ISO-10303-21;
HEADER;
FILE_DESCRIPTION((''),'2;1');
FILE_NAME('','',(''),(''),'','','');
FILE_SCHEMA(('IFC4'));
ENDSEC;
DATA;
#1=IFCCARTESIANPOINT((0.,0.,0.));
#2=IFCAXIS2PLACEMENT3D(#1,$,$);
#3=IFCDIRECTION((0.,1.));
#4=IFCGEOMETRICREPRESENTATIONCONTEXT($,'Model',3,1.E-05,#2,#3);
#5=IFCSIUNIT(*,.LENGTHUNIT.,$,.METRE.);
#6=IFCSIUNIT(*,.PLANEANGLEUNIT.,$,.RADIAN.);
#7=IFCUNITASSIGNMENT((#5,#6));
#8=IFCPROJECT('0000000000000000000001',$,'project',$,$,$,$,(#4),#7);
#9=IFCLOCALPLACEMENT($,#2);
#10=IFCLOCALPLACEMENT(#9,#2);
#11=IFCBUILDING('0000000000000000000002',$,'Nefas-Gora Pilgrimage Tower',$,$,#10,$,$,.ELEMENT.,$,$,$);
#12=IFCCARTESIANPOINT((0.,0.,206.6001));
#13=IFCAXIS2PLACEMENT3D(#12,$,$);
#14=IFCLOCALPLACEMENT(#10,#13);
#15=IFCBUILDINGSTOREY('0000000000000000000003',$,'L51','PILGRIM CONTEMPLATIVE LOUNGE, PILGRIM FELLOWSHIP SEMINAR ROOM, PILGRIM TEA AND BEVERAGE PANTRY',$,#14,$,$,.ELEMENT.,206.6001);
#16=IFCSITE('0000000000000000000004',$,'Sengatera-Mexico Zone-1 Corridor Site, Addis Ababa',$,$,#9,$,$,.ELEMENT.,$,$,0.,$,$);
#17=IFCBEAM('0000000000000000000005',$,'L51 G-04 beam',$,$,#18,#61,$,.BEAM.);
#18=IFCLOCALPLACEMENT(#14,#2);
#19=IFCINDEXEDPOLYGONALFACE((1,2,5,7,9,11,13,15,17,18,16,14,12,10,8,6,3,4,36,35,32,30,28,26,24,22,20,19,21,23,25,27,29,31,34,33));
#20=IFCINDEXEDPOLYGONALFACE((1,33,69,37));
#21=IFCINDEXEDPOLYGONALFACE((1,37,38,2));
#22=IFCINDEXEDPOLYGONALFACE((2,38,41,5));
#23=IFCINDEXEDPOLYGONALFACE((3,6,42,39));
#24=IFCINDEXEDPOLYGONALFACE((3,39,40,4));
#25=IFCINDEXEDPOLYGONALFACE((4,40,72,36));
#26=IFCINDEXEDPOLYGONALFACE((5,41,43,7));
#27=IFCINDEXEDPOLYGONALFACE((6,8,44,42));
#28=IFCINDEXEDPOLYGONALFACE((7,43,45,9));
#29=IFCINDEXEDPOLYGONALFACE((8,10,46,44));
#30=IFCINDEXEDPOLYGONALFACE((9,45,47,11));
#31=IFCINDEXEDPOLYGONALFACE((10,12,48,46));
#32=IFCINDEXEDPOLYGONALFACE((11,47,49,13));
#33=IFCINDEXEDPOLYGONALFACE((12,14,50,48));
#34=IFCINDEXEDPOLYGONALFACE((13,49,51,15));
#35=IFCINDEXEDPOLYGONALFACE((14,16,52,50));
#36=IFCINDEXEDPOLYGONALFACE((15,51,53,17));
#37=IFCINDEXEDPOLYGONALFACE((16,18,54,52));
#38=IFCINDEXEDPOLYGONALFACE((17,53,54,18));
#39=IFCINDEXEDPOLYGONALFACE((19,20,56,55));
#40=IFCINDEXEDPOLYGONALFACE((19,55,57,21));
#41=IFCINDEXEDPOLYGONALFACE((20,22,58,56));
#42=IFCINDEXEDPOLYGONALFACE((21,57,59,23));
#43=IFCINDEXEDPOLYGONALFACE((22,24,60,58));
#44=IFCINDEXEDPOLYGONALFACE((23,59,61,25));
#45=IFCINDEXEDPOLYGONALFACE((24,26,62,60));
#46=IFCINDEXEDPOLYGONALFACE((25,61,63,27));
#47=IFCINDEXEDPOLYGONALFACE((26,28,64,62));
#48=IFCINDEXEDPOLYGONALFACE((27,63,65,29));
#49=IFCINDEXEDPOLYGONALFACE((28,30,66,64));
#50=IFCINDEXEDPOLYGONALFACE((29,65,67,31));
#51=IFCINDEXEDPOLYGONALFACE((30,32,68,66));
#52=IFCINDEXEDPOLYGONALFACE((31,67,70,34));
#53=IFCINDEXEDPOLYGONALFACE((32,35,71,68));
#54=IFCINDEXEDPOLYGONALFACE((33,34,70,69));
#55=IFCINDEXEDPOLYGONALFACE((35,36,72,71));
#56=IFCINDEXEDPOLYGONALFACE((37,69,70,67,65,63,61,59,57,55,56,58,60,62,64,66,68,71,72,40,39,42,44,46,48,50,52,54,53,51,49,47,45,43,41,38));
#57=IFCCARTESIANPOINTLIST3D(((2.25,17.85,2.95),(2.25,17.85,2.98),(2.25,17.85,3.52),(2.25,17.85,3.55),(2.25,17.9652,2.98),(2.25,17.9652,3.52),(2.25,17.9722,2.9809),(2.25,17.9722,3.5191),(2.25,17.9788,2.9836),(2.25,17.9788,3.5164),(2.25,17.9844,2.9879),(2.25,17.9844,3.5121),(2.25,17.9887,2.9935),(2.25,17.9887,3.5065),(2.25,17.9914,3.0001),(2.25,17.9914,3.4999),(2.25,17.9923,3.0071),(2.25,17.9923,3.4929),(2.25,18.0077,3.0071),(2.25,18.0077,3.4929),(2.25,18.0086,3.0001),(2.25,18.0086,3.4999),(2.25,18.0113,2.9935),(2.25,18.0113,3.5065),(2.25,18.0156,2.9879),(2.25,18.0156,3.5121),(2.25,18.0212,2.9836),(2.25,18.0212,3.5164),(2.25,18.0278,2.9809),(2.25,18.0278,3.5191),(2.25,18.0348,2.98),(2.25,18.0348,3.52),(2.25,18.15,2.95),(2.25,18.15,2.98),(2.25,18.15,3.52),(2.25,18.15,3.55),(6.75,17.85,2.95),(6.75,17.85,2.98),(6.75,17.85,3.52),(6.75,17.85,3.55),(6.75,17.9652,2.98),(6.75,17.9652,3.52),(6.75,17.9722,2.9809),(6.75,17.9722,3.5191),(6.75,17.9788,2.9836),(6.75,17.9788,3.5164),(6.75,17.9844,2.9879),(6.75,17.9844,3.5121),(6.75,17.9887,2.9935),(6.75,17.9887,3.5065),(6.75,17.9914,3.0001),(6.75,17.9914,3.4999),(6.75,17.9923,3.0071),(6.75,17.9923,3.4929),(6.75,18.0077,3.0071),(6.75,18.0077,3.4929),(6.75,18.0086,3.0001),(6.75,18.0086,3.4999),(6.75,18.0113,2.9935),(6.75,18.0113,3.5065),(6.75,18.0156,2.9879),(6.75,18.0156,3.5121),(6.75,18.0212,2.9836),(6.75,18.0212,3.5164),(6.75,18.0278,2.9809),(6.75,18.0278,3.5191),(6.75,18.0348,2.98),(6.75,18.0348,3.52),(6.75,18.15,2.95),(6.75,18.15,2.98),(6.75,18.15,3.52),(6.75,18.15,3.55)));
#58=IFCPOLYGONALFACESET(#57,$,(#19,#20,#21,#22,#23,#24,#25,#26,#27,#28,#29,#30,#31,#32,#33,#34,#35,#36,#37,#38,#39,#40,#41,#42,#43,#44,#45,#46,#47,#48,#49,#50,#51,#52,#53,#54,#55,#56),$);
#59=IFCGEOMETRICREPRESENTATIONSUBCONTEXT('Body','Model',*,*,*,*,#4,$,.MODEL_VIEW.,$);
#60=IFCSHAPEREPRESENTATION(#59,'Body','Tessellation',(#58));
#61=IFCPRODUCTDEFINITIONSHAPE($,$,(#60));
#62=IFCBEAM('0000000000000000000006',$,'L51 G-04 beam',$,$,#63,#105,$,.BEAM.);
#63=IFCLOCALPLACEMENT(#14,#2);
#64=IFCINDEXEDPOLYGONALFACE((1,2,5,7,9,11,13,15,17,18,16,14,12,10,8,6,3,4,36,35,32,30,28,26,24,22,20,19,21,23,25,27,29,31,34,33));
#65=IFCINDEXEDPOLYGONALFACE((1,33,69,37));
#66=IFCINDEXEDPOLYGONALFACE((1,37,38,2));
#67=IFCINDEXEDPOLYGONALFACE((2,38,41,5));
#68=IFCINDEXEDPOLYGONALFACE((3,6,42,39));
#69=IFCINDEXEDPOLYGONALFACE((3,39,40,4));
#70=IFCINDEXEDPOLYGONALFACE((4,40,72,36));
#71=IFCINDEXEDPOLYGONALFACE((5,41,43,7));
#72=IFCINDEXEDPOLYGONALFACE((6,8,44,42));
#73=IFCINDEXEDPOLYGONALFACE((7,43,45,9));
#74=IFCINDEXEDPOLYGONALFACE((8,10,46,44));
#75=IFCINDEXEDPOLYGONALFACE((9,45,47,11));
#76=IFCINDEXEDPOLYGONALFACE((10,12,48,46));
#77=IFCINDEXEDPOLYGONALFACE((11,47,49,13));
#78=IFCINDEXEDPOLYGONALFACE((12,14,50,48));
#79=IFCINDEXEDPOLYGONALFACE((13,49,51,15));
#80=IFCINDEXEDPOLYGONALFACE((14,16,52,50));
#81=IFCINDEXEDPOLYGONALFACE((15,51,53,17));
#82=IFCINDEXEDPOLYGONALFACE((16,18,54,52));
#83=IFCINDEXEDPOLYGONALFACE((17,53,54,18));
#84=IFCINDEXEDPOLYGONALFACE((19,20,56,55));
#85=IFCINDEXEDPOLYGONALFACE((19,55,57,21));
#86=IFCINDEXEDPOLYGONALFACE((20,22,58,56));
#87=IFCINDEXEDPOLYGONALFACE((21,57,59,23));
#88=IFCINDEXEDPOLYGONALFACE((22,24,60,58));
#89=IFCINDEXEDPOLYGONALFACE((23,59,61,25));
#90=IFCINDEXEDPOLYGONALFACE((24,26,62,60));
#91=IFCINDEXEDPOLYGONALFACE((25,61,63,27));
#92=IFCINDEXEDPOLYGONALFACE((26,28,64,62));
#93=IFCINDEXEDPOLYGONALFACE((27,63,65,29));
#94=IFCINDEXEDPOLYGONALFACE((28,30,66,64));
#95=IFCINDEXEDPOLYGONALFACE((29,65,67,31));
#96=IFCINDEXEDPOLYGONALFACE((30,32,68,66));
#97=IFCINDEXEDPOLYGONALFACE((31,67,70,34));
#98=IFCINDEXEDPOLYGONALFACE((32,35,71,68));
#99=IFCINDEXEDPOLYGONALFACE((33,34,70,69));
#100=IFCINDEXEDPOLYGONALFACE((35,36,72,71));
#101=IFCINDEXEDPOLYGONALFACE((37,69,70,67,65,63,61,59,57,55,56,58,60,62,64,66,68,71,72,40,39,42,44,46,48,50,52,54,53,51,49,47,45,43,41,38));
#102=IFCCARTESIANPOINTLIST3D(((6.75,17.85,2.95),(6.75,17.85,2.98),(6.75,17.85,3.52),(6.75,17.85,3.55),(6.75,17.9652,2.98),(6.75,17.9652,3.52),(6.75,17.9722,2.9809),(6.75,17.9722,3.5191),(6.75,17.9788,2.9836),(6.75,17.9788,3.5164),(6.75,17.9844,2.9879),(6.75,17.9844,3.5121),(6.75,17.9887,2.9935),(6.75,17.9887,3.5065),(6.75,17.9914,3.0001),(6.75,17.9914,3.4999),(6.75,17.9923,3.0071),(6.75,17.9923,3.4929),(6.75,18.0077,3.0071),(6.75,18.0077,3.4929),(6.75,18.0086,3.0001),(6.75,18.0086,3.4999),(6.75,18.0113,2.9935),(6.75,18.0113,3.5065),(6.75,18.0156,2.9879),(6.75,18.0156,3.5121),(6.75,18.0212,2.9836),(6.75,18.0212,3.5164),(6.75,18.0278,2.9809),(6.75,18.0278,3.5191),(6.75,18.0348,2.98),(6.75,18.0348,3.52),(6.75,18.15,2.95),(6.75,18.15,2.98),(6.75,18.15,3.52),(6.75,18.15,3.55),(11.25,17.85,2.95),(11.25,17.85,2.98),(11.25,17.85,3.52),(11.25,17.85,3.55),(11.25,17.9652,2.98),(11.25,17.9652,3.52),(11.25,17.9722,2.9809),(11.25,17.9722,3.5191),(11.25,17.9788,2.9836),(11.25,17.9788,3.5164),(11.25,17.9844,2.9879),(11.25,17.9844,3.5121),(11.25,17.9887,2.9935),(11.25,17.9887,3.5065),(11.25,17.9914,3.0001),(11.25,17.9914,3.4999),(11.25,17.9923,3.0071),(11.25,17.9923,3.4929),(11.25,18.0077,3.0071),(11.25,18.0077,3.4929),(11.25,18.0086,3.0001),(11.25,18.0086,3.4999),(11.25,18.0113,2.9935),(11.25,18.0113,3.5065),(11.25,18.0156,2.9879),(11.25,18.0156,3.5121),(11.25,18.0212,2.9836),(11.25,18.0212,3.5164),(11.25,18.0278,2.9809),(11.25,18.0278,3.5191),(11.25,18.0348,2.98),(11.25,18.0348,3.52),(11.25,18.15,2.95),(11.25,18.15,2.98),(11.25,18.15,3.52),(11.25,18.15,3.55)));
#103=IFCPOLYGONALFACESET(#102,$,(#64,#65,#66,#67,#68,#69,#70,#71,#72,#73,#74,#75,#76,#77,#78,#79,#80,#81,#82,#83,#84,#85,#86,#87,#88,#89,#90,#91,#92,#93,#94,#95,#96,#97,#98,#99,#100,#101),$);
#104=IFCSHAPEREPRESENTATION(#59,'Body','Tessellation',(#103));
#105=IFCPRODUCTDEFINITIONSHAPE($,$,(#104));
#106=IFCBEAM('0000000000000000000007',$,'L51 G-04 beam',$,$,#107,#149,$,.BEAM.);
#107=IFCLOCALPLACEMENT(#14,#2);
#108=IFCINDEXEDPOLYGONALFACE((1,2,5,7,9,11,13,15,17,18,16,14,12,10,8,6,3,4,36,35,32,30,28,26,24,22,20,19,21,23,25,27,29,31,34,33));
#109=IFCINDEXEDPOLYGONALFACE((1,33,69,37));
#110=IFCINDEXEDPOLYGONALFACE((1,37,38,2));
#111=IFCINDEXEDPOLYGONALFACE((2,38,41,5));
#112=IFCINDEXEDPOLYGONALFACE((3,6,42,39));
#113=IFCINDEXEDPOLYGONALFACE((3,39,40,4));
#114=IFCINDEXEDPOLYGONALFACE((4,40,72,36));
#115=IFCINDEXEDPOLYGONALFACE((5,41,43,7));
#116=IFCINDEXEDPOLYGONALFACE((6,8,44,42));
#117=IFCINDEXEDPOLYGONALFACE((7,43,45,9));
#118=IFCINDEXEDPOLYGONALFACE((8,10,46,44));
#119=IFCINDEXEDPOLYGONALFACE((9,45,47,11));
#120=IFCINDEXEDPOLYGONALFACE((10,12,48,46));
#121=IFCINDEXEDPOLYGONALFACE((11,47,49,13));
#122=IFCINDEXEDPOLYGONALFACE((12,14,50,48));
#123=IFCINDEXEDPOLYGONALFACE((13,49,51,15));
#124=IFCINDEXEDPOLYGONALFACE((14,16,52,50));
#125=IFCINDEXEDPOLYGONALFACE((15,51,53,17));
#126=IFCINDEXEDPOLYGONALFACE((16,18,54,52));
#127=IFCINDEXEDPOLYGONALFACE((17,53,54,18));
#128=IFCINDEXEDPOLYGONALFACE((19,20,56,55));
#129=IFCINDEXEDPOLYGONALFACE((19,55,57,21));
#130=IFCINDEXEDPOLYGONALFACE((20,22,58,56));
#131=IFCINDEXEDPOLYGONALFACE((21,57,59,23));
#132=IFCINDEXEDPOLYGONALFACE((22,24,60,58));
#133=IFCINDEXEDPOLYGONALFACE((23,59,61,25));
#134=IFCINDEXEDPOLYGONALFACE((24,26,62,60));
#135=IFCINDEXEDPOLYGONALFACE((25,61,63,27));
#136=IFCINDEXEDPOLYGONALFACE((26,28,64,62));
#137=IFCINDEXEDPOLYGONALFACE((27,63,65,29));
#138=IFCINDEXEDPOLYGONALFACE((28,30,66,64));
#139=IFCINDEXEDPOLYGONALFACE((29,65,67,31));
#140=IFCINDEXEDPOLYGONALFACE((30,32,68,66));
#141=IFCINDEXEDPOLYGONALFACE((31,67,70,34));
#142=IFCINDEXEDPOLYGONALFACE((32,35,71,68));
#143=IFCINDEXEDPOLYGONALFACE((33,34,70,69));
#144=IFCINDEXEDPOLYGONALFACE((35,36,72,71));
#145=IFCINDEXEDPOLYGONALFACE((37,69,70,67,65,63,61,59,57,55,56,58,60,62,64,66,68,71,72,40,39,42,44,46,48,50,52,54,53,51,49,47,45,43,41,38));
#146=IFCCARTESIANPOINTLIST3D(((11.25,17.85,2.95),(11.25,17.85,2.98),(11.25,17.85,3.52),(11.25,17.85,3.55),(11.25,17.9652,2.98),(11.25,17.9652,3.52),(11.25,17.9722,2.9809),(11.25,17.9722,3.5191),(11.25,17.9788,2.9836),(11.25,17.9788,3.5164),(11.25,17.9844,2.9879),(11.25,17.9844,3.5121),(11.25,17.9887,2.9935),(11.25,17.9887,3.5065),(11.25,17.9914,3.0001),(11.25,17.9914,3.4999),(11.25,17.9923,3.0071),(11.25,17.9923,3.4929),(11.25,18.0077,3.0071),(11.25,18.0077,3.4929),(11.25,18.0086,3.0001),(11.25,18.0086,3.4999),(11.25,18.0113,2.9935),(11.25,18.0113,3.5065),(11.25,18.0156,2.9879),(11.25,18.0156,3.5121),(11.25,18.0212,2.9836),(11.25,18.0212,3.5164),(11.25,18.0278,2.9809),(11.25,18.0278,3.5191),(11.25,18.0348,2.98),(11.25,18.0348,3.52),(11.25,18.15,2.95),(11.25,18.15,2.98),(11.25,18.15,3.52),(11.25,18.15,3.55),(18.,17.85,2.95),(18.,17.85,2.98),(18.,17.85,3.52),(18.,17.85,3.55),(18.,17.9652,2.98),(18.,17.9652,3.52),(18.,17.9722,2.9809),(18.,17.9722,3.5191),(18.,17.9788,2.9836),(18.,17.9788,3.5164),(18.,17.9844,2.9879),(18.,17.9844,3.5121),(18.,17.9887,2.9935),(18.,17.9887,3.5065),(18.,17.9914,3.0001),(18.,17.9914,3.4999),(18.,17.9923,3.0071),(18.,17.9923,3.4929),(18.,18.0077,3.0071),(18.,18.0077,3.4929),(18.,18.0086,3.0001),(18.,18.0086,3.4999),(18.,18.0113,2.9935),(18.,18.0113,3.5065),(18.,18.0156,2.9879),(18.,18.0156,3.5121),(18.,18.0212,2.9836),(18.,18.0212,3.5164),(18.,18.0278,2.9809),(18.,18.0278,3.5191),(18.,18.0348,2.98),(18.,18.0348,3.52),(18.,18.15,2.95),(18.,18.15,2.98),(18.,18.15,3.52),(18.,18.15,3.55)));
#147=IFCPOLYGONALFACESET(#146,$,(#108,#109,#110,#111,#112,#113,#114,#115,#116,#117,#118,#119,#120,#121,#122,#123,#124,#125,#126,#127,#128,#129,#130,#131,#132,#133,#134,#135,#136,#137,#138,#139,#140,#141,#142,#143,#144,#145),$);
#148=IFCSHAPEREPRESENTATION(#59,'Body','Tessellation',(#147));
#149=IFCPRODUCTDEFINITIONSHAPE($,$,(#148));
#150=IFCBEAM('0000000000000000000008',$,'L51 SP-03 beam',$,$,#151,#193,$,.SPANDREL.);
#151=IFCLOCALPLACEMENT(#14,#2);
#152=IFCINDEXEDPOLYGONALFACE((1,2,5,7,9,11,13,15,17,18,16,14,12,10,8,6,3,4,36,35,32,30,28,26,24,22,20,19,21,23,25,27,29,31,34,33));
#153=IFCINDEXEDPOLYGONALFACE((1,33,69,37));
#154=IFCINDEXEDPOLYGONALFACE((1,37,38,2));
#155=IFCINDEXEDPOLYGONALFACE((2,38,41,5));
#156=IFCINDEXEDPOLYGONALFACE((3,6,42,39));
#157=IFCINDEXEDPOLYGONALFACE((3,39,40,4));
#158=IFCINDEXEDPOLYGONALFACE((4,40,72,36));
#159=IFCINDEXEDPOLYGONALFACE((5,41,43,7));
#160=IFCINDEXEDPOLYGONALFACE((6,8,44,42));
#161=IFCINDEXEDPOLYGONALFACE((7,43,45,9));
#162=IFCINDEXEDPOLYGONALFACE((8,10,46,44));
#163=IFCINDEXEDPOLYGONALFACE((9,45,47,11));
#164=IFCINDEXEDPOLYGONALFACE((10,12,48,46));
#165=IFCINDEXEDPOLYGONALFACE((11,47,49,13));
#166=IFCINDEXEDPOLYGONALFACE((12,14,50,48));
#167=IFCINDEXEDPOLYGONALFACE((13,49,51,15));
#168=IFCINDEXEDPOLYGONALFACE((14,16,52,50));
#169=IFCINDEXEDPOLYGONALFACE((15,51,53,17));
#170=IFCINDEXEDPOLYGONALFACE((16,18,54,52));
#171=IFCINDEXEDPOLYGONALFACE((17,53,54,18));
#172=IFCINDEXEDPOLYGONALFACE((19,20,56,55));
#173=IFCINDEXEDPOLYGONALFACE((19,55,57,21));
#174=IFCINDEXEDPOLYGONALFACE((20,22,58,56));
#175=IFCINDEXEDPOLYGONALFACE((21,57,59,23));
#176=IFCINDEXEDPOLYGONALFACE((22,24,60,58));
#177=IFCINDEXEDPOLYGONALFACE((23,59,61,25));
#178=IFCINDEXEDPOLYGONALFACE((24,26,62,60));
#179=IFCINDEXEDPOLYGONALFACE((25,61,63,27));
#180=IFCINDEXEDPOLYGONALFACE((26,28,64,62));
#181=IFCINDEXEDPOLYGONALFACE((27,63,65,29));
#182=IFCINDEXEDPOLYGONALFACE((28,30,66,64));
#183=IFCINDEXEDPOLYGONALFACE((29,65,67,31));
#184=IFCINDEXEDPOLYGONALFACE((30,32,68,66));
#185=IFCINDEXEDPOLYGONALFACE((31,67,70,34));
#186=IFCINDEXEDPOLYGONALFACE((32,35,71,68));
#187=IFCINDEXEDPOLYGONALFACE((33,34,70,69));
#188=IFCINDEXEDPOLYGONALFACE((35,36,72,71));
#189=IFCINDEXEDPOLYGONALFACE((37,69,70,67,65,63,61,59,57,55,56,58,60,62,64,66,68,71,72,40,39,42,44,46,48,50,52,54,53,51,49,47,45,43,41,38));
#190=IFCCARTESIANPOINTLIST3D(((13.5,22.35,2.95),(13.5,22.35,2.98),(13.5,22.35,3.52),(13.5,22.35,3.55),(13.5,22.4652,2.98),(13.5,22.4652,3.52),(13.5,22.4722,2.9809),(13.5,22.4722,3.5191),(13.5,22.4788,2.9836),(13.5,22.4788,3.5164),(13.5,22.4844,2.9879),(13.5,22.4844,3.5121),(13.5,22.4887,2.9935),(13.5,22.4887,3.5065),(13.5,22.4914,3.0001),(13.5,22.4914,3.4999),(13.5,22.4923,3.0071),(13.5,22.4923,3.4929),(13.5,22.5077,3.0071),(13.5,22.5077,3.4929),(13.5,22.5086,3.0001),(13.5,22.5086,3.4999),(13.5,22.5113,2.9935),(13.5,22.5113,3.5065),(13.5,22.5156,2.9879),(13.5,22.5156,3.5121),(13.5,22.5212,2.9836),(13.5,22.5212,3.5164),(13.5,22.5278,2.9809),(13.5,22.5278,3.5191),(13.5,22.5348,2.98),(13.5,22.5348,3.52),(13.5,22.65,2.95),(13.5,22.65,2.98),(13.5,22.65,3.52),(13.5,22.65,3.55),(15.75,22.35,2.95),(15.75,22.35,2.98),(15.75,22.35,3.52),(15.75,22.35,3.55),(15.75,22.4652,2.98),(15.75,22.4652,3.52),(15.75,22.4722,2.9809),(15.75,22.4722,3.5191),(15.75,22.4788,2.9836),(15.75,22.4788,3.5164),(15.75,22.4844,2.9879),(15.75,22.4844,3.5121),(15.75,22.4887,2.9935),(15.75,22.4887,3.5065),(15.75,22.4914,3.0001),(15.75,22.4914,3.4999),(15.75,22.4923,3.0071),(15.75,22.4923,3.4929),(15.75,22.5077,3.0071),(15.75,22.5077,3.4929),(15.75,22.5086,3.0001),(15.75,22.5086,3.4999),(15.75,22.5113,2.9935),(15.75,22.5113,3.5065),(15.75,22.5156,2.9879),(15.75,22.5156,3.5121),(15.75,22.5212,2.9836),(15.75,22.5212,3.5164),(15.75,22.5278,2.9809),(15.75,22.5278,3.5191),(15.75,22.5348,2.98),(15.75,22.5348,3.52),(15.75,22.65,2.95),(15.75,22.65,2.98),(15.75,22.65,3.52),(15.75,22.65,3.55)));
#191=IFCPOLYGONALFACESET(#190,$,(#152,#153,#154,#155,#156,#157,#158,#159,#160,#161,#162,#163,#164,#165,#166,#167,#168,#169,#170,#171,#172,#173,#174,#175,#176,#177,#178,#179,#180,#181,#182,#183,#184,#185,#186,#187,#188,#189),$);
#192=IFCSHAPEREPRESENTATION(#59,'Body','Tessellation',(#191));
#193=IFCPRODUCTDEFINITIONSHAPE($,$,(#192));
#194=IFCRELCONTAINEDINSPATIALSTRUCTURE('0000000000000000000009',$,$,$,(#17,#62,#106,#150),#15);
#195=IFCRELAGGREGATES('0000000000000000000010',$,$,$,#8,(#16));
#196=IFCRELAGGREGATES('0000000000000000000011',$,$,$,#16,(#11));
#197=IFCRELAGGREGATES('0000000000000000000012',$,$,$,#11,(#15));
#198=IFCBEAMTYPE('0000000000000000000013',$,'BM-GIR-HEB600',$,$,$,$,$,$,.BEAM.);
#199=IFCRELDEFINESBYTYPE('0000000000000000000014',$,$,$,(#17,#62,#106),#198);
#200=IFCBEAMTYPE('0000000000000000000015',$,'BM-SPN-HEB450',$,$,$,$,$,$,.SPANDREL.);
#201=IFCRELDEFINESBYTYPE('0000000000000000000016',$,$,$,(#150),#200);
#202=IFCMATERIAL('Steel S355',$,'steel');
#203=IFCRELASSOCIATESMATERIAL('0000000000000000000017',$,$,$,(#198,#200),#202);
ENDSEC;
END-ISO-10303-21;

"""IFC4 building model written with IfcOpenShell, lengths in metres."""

from ifc_helpers import new_model, si_unit, direction, frame, origin, origin_2d, place, context, subcontext, project, spatial, i_section, extrude, source, transform, mapped, material, material_profile, profile_set, type_object, element, save


model = new_model("IFC4")

# Units and contexts
model_context = context("Model", 3, precision=1e-05, world=origin(), true_north=direction((0.0, 1.0)))
body_context = subcontext(model_context, "Body", "Model", "MODEL_VIEW")
ifc_project = project(units=[si_unit("LENGTHUNIT", "METRE"), si_unit("PLANEANGLEUNIT", "RADIAN")], contexts=[model_context])

# Site, building, storey
site_placement = place(None, origin())
site = spatial("IfcSite", under=ifc_project, at=site_placement, Name="Sengatera-Mexico Zone-1 Corridor Site, Addis Ababa", CompositionType="ELEMENT", RefElevation=0.0)
building_placement = place(site_placement, origin())
building = spatial("IfcBuilding", under=site, at=building_placement, Name="Nefas-Gora Pilgrimage Tower", CompositionType="ELEMENT")
storey_placement = place(building_placement, frame((0.0, 0.0, 206.6001)))
storey = spatial("IfcBuildingStorey", under=building, at=storey_placement, Name="L51", Description="PILGRIM CONTEMPLATIVE LOUNGE, PILGRIM FELLOWSHIP SEMINAR ROOM, PILGRIM TEA AND BEVERAGE PANTRY", CompositionType="ELEMENT", Elevation=206.6001)

# Beams
ifc_material_1 = material(Name="Steel S355", Category="steel")
ifc_material_profile_1 = material_profile(ifc_material_1, i_section(OverallWidth=0.3, OverallDepth=0.6001, WebThickness=0.0154, FlangeThickness=0.03, FilletRadius=0.0271, at=origin_2d()), Name="HEB 600")
ifc_profile_set_1 = profile_set([ifc_material_profile_1], Name="Steel S355")
beam_type_1 = type_object("IfcBeamType", Name="BM-GIR-HEB600", PredefinedType="BEAM", material=ifc_profile_set_1)
shared_shape_1 = source(origin(), body_context, "Body", "SweptSolid", [
    extrude(i_section(OverallWidth=0.3, OverallDepth=0.6001, WebThickness=0.0154, FlangeThickness=0.03, FilletRadius=0.0271, at=origin_2d()), origin(), (0.0, 0.0, 1.0), 4.5),
])
for number, where, z_axis, x_axis, name in (
    (1, (2.25, 18.0, 3.25), (1.0, 0.0, 0.0), (0.0, 1.0, 0.0), "L51 G-04 beam"),
    (2, (6.75, 18.0, 3.25), (1.0, 0.0, 0.0), (0.0, 1.0, 0.0), "L51 G-04 beam"),
):
    element("IfcBeam", number, at=place(storey_placement, frame(where, z_axis=z_axis, x_axis=x_axis)), inside=storey, type_object=beam_type_1, Name=name, PredefinedType="BEAM", context=body_context, shape_type="MappedRepresentation", body=[
        mapped(shared_shape_1, transform((0.0, 0.0, 0.0), x_axis=(1.0, 0.0, 0.0), y_axis=(0.0, 1.0, 0.0), z_axis=(0.0, 0.0, 1.0), scale=1.0)),
    ])
shared_shape_2 = source(origin(), body_context, "Body", "SweptSolid", [
    extrude(i_section(OverallWidth=0.3, OverallDepth=0.6001, WebThickness=0.0154, FlangeThickness=0.03, FilletRadius=0.0271, at=origin_2d()), origin(), (0.0, 0.0, 1.0), 6.75),
])
beam_1_placement = place(storey_placement, frame((11.25, 18.0, 3.25), z_axis=(1.0, 0.0, 0.0), x_axis=(0.0, 1.0, 0.0)))
element("IfcBeam", 3, at=beam_1_placement, inside=storey, type_object=beam_type_1, Name="L51 G-04 beam", PredefinedType="BEAM", context=body_context, shape_type="MappedRepresentation", body=[
    mapped(shared_shape_2, transform((0.0, 0.0, 0.0), x_axis=(1.0, 0.0, 0.0), y_axis=(0.0, 1.0, 0.0), z_axis=(0.0, 0.0, 1.0), scale=1.0)),
])
ifc_material_profile_2 = material_profile(ifc_material_1, i_section(OverallWidth=0.3, OverallDepth=0.6001, WebThickness=0.0154, FlangeThickness=0.03, FilletRadius=0.0271, at=origin_2d()), Name="HEB 600")
ifc_profile_set_2 = profile_set([ifc_material_profile_2], Name="Steel S355")
beam_type_2 = type_object("IfcBeamType", Name="BM-SPN-HEB450", PredefinedType="SPANDREL", material=ifc_profile_set_2)
shared_shape_3 = source(origin(), body_context, "Body", "SweptSolid", [
    extrude(i_section(OverallWidth=0.3, OverallDepth=0.6001, WebThickness=0.0154, FlangeThickness=0.03, FilletRadius=0.0271, at=origin_2d()), origin(), (0.0, 0.0, 1.0), 2.25),
])
beam_2_placement = place(storey_placement, frame((13.5, 22.5, 3.25), z_axis=(1.0, 0.0, 0.0), x_axis=(0.0, 1.0, 0.0)))
element("IfcBeam", 4, at=beam_2_placement, inside=storey, type_object=beam_type_2, Name="L51 SP-03 beam", PredefinedType="SPANDREL", context=body_context, shape_type="MappedRepresentation", body=[
    mapped(shared_shape_3, transform((0.0, 0.0, 0.0), x_axis=(1.0, 0.0, 0.0), y_axis=(0.0, 1.0, 0.0), z_axis=(0.0, 0.0, 1.0), scale=1.0)),
])

save(model, "model.ifc")
